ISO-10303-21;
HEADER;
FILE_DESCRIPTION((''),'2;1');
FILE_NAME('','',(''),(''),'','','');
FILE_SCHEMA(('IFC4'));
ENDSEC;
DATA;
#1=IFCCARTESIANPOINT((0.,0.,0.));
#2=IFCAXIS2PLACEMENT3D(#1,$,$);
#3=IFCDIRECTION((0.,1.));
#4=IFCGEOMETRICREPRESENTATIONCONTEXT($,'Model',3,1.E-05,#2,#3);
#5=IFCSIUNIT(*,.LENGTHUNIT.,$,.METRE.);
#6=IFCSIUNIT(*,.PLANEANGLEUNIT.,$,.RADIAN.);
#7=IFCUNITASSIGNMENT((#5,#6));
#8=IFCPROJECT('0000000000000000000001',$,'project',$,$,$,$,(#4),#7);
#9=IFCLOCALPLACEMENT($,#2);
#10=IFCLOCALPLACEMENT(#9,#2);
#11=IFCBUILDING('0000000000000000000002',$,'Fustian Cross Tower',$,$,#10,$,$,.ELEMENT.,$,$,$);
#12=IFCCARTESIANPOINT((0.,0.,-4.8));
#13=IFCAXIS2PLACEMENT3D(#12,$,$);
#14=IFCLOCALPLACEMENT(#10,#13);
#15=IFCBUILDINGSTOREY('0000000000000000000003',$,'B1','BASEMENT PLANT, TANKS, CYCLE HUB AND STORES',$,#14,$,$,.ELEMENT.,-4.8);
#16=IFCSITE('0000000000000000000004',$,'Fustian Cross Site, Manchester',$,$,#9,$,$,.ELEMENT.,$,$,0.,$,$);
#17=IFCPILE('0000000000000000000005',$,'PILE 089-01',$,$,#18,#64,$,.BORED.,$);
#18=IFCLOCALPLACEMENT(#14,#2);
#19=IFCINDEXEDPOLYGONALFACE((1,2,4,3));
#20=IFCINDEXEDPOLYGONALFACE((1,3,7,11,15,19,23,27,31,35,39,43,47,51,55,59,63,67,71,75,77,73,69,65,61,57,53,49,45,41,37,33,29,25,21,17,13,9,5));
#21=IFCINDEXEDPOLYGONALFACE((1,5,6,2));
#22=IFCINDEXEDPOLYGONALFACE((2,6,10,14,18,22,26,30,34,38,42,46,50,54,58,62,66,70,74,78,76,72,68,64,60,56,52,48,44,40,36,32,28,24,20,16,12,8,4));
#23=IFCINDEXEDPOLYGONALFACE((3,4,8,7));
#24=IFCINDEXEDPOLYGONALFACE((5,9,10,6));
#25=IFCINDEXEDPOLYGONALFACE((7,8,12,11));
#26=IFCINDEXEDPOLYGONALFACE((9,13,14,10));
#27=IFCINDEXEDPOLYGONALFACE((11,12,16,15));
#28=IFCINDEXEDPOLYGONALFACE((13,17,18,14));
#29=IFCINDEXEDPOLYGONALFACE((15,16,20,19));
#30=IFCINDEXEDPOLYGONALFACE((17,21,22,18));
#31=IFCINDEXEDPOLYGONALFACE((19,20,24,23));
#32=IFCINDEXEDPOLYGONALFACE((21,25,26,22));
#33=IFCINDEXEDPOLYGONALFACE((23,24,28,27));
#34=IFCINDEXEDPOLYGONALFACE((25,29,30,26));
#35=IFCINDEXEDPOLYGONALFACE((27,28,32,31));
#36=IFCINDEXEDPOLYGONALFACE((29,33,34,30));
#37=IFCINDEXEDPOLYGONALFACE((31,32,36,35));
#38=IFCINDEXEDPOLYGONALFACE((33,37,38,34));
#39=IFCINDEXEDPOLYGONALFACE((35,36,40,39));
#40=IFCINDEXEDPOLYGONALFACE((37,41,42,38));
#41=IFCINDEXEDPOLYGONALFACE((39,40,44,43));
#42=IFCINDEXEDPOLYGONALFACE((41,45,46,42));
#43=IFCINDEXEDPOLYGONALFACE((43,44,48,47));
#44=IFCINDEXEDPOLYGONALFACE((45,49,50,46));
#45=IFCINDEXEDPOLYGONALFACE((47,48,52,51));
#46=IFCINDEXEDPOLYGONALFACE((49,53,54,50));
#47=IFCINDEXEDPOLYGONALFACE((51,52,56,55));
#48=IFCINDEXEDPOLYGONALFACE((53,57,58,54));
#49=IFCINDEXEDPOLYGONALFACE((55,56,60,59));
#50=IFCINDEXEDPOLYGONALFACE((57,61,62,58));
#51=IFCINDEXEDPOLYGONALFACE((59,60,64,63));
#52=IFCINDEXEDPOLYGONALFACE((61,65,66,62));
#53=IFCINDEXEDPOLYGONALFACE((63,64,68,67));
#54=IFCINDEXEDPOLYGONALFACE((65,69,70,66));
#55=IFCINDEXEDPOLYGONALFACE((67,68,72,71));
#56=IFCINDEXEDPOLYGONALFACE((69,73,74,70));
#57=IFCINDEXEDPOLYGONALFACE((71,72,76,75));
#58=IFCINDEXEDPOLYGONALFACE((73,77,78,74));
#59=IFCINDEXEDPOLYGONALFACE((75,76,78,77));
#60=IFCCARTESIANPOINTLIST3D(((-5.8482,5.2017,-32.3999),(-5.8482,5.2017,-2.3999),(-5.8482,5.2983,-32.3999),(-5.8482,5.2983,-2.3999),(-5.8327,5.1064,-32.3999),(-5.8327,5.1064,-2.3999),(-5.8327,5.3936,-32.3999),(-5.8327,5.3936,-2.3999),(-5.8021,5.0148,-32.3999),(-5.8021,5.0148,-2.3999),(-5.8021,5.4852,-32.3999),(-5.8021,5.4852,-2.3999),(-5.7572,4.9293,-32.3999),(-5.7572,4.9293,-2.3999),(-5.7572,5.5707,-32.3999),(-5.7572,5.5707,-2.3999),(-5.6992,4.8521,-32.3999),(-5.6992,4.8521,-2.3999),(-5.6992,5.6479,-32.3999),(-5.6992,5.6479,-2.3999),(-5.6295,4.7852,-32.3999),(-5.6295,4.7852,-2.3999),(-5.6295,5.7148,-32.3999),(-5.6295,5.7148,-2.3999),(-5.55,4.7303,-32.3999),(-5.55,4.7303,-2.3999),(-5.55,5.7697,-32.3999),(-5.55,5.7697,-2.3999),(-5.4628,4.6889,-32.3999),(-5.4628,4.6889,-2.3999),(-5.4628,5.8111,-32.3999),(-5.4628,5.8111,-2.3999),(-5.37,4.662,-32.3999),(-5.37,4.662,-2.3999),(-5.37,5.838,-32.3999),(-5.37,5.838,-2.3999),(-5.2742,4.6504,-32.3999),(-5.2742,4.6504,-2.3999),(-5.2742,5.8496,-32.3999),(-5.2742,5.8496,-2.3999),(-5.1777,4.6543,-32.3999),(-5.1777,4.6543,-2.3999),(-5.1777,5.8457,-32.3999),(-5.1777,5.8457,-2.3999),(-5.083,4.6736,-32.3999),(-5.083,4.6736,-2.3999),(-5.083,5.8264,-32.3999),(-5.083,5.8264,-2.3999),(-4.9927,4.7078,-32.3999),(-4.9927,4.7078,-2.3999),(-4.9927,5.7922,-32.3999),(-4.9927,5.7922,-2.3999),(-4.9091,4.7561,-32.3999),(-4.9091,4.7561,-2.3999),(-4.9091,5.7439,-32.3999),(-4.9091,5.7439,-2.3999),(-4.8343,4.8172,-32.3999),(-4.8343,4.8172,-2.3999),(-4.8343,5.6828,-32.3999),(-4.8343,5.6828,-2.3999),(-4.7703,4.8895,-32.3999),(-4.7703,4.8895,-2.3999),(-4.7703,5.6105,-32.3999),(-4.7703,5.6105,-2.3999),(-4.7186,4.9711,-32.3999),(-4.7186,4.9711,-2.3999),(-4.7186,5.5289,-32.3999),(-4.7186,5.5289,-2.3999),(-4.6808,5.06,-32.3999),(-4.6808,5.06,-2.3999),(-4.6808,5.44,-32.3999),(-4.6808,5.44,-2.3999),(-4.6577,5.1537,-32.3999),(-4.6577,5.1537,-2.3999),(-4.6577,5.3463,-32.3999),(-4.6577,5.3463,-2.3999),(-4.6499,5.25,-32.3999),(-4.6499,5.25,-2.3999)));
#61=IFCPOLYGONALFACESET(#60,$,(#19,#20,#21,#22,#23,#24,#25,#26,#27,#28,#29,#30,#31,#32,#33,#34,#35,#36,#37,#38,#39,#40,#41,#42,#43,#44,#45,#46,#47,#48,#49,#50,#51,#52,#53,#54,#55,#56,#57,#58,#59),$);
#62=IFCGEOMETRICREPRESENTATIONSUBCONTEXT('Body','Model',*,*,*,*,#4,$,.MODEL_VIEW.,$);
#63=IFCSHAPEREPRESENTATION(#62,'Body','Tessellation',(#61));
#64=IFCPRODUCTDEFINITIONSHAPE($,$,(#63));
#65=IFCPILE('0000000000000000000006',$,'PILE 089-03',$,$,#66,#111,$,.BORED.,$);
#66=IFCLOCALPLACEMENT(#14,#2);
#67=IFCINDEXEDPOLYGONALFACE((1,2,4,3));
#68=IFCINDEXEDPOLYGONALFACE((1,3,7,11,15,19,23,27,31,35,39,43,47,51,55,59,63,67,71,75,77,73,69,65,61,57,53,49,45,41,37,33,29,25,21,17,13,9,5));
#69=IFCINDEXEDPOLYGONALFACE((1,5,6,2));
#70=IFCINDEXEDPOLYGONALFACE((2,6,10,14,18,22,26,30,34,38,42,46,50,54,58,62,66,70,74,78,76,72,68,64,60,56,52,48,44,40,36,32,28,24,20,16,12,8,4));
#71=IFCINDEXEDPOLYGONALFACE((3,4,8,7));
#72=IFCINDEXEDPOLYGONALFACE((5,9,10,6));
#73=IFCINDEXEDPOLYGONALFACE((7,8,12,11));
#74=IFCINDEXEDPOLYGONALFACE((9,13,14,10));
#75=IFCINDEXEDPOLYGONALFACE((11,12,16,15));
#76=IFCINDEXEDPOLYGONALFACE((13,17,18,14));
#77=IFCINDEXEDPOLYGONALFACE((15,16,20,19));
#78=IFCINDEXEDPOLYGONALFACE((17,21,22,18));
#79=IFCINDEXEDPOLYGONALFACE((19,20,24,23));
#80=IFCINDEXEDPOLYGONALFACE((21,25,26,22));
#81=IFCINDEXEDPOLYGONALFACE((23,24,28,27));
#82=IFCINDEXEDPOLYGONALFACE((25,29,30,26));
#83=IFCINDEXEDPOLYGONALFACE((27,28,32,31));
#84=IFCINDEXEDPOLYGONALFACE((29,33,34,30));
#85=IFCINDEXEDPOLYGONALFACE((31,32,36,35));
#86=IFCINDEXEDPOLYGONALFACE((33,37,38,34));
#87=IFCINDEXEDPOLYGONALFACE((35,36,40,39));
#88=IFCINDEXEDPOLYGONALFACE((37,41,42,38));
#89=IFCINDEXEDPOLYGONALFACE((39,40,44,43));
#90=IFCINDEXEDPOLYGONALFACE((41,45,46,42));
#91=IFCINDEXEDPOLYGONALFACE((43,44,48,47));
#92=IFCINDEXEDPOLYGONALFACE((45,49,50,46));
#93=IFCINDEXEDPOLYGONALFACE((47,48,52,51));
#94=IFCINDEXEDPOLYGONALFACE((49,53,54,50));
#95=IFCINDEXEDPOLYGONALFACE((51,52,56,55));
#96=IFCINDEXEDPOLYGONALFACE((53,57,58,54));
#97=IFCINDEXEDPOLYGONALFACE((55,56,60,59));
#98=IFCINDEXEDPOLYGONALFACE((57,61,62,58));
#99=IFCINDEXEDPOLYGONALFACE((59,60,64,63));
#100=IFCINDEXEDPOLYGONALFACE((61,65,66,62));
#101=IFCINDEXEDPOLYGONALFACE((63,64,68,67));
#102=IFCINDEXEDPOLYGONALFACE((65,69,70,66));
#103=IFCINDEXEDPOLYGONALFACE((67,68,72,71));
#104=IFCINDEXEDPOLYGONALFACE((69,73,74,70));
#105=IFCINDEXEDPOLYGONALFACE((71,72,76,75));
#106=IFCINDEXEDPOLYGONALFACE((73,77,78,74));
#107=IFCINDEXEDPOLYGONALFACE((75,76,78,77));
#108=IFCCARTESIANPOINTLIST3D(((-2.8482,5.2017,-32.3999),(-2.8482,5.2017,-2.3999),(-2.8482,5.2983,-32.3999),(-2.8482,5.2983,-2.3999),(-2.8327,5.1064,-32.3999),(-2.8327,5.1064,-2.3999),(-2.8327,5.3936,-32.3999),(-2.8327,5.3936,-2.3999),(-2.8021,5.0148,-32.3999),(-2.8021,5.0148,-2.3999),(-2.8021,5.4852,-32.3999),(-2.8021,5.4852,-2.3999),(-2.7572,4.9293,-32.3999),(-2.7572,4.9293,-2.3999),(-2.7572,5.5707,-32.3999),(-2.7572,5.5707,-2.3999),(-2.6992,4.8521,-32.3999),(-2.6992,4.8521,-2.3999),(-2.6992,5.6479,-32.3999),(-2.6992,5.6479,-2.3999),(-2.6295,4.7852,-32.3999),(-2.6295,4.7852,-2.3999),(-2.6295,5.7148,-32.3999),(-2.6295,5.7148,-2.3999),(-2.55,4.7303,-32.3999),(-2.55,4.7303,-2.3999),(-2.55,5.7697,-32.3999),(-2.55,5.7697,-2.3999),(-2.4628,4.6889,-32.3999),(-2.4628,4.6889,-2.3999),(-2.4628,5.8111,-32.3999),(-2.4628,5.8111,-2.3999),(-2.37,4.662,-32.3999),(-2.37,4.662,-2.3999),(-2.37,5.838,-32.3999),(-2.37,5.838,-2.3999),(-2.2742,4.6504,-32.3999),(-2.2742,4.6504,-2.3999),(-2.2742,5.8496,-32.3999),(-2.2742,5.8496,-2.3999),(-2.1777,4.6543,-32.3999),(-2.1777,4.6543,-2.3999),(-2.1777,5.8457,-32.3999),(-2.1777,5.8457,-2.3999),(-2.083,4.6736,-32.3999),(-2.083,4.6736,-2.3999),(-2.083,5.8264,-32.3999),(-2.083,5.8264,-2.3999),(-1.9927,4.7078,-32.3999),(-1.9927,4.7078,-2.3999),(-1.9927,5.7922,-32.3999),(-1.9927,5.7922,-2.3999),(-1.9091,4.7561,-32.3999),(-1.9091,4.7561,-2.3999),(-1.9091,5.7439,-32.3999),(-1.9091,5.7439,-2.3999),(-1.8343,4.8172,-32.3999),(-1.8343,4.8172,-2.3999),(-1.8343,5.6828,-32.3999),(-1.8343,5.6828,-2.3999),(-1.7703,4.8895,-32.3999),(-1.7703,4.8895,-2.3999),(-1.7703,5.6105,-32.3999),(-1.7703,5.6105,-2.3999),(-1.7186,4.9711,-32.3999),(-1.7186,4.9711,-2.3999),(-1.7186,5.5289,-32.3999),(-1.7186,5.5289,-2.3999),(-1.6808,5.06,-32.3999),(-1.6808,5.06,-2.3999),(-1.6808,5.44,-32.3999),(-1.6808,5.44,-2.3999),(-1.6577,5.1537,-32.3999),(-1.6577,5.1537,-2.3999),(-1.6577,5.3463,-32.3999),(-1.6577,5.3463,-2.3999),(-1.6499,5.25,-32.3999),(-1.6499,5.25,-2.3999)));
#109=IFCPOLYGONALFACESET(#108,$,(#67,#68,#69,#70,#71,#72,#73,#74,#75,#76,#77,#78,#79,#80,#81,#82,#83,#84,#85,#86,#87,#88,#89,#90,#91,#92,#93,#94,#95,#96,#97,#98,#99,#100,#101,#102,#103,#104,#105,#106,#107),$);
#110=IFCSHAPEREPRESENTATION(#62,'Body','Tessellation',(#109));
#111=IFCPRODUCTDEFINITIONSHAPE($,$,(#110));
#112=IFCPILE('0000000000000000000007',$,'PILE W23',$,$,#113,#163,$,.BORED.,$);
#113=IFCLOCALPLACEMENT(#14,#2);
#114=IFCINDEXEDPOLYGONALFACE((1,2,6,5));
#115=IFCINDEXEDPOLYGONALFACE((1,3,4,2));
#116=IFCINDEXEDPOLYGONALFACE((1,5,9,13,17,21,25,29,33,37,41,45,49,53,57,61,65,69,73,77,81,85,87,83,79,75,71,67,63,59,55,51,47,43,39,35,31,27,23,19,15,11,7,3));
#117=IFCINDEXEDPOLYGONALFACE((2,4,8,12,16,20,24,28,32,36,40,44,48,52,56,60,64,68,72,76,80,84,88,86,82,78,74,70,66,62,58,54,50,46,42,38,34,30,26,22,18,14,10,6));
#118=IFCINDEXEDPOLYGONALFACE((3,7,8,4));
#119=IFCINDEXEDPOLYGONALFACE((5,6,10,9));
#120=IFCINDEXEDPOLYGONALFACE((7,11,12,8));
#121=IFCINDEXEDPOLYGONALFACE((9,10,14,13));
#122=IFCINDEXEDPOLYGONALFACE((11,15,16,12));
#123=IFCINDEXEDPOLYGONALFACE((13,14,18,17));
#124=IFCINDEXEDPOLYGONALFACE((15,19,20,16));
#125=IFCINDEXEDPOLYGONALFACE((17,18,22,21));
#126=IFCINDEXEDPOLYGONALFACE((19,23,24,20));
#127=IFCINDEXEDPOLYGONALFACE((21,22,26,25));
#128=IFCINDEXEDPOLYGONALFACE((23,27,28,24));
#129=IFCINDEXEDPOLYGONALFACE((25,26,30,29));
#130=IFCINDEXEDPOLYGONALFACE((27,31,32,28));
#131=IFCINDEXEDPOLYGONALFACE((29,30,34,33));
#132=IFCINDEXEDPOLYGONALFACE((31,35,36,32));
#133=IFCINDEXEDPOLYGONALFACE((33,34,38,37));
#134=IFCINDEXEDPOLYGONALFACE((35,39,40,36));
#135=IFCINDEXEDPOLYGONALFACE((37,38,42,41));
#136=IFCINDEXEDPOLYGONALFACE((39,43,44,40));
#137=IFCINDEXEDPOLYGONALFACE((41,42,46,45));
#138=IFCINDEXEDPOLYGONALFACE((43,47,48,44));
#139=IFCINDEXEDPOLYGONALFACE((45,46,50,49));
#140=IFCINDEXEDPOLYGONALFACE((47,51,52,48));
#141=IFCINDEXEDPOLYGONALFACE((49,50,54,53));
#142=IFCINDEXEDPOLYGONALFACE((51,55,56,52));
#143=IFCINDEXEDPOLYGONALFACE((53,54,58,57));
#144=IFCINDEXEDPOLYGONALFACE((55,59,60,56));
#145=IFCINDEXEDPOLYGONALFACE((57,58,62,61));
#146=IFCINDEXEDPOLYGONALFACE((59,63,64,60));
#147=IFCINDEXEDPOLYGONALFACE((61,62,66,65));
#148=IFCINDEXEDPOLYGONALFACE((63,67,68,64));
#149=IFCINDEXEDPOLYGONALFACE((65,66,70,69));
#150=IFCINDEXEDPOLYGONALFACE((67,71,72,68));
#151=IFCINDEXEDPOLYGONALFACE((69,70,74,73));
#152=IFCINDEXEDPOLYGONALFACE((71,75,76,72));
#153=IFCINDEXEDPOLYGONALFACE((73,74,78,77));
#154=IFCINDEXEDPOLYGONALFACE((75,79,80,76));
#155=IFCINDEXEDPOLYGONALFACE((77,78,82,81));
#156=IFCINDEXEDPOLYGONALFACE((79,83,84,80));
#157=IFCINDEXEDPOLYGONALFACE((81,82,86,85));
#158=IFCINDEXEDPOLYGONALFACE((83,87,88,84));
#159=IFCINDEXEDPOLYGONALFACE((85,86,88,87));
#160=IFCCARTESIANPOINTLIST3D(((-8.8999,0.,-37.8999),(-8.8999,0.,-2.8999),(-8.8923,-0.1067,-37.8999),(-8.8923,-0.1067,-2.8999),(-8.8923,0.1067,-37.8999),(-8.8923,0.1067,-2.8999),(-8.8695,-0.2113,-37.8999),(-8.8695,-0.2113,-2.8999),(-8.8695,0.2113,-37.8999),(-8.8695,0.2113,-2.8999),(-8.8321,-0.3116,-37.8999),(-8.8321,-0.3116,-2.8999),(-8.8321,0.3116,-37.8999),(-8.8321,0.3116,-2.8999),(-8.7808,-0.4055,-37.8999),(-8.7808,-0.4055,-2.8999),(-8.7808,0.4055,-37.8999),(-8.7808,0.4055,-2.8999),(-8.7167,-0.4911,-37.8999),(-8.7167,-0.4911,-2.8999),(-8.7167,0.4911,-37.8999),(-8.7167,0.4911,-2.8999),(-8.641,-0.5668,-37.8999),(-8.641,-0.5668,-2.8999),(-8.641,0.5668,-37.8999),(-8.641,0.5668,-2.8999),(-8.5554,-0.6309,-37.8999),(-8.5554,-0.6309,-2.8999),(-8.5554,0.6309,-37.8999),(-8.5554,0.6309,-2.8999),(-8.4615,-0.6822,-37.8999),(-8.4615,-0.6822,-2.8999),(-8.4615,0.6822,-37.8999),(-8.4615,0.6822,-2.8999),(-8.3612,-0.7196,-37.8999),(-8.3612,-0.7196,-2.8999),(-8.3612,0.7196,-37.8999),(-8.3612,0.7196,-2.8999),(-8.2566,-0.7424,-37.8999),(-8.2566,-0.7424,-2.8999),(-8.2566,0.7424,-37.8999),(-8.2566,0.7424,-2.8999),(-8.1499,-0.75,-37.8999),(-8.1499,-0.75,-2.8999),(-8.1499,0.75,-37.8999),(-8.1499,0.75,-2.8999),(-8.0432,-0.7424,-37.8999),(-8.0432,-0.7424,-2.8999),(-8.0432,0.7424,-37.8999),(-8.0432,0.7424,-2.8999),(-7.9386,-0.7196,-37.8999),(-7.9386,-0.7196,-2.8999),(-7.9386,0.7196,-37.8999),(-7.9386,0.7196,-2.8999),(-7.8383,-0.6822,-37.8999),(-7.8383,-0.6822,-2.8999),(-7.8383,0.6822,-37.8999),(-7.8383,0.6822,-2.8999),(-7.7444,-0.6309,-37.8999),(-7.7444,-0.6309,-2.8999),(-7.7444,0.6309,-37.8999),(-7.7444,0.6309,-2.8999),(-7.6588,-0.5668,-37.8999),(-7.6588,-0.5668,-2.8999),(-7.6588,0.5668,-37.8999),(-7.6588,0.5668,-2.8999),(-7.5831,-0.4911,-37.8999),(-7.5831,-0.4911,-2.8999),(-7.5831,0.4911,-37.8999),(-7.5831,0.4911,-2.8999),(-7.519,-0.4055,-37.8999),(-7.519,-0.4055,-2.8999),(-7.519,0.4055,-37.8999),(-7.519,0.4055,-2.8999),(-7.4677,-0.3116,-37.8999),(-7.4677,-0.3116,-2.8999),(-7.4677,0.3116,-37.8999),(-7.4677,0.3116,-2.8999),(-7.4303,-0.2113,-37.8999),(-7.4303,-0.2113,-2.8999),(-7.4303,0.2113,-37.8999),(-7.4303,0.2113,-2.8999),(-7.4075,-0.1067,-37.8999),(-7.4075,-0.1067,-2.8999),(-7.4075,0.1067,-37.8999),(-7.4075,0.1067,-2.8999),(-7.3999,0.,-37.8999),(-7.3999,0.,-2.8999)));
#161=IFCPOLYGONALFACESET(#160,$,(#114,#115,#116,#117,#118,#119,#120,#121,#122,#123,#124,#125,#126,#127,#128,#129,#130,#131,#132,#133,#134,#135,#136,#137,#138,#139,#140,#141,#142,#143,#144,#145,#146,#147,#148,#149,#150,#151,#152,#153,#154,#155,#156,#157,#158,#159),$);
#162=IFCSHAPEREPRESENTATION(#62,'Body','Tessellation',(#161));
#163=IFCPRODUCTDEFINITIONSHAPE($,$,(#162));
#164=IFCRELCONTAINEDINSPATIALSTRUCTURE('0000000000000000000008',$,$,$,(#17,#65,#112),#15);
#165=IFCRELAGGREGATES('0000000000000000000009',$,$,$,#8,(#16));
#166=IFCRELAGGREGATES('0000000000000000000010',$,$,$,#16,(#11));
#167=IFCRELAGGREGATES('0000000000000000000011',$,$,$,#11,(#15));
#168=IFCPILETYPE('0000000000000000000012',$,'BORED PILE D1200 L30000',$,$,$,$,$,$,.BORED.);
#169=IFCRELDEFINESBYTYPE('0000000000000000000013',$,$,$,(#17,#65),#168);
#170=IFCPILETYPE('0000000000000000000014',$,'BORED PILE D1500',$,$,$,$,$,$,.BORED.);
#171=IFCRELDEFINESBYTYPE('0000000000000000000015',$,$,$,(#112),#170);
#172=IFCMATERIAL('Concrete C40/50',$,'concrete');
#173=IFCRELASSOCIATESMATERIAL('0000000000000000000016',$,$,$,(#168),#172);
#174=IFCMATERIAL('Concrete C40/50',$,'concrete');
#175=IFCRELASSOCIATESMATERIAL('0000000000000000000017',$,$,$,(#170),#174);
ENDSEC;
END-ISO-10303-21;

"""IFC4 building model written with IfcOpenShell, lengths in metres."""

from ifc_helpers import new_model, si_unit, direction, frame, origin, origin_2d, place, context, subcontext, project, spatial, circle, extrude, material, material_profile, profile_set, type_object, element, save


model = new_model("IFC4")

# Units and contexts
model_context = context("Model", 3, precision=1e-05, world=origin(), true_north=direction((0.0, 1.0)))
body_context = subcontext(model_context, "Body", "Model", "MODEL_VIEW")
ifc_project = project(units=[si_unit("LENGTHUNIT", "METRE"), si_unit("PLANEANGLEUNIT", "RADIAN")], contexts=[model_context])

# Site, building, storey
site_placement = place(None, origin())
site = spatial("IfcSite", under=ifc_project, at=site_placement, Name="Fustian Cross Site, Manchester", CompositionType="ELEMENT", RefElevation=0.0)
building_placement = place(site_placement, origin())
building = spatial("IfcBuilding", under=site, at=building_placement, Name="Fustian Cross Tower", CompositionType="ELEMENT")
storey_placement = place(building_placement, frame((0.0, 0.0, -4.8)))
storey = spatial("IfcBuildingStorey", under=building, at=storey_placement, Name="B1", Description="BASEMENT PLANT, TANKS, CYCLE HUB AND STORES", CompositionType="ELEMENT", Elevation=-4.8)

# Piles
ifc_material_1 = material(Name="Concrete C40/50", Category="concrete")
ifc_material_profile_1 = material_profile(ifc_material_1, circle(Radius=0.6001, at=origin_2d()), Name="BORED PILE D1200 L30000")
ifc_profile_set_1 = profile_set([ifc_material_profile_1], Name="Concrete C40/50")
pile_type_1 = type_object("IfcPileType", Name="BORED PILE D1200 L30000", PredefinedType="BORED", material=ifc_profile_set_1)
for number, where, z_axis, x_axis, name in (
    (1, (-5.25, 5.25, -2.3999), (0.0, 0.0, -1.0), (1.0, 0.0, 0.0), "PILE 089-01"),
    (2, (-2.25, 5.25, -2.3999), (0.0, 0.0, -1.0), (1.0, 0.0, 0.0), "PILE 089-03"),
):
    element("IfcPile", number, at=place(storey_placement, frame(where, z_axis=z_axis, x_axis=x_axis)), inside=storey, type_object=pile_type_1, Name=name, PredefinedType="BORED", context=body_context, shape_type="SweptSolid", body=[
        extrude(circle(Radius=0.6001, at=origin_2d()), origin(), (0.0, 0.0, 1.0), 30.0),
    ])
ifc_material_2 = material(Name="Concrete C40/50", Category="concrete")
ifc_material_profile_2 = material_profile(ifc_material_2, circle(Radius=0.75, at=origin_2d()), Name="BORED PILE D1500")
ifc_profile_set_2 = profile_set([ifc_material_profile_2], Name="Concrete C40/50")
pile_type_2 = type_object("IfcPileType", Name="BORED PILE D1500", PredefinedType="BORED", material=ifc_profile_set_2)
for number, where, z_axis, x_axis, name in (
    (3, (-8.1499, 0.0, -2.8999), (0.0, 0.0, -1.0), (1.0, 0.0, 0.0), "PILE W23"),
):
    element("IfcPile", number, at=place(storey_placement, frame(where, z_axis=z_axis, x_axis=x_axis)), inside=storey, type_object=pile_type_2, Name=name, PredefinedType="BORED", context=body_context, shape_type="SweptSolid", body=[
        extrude(circle(Radius=0.75, at=origin_2d()), origin(), (0.0, 0.0, 1.0), 35.0),
    ])

save(model, "model.ifc")
